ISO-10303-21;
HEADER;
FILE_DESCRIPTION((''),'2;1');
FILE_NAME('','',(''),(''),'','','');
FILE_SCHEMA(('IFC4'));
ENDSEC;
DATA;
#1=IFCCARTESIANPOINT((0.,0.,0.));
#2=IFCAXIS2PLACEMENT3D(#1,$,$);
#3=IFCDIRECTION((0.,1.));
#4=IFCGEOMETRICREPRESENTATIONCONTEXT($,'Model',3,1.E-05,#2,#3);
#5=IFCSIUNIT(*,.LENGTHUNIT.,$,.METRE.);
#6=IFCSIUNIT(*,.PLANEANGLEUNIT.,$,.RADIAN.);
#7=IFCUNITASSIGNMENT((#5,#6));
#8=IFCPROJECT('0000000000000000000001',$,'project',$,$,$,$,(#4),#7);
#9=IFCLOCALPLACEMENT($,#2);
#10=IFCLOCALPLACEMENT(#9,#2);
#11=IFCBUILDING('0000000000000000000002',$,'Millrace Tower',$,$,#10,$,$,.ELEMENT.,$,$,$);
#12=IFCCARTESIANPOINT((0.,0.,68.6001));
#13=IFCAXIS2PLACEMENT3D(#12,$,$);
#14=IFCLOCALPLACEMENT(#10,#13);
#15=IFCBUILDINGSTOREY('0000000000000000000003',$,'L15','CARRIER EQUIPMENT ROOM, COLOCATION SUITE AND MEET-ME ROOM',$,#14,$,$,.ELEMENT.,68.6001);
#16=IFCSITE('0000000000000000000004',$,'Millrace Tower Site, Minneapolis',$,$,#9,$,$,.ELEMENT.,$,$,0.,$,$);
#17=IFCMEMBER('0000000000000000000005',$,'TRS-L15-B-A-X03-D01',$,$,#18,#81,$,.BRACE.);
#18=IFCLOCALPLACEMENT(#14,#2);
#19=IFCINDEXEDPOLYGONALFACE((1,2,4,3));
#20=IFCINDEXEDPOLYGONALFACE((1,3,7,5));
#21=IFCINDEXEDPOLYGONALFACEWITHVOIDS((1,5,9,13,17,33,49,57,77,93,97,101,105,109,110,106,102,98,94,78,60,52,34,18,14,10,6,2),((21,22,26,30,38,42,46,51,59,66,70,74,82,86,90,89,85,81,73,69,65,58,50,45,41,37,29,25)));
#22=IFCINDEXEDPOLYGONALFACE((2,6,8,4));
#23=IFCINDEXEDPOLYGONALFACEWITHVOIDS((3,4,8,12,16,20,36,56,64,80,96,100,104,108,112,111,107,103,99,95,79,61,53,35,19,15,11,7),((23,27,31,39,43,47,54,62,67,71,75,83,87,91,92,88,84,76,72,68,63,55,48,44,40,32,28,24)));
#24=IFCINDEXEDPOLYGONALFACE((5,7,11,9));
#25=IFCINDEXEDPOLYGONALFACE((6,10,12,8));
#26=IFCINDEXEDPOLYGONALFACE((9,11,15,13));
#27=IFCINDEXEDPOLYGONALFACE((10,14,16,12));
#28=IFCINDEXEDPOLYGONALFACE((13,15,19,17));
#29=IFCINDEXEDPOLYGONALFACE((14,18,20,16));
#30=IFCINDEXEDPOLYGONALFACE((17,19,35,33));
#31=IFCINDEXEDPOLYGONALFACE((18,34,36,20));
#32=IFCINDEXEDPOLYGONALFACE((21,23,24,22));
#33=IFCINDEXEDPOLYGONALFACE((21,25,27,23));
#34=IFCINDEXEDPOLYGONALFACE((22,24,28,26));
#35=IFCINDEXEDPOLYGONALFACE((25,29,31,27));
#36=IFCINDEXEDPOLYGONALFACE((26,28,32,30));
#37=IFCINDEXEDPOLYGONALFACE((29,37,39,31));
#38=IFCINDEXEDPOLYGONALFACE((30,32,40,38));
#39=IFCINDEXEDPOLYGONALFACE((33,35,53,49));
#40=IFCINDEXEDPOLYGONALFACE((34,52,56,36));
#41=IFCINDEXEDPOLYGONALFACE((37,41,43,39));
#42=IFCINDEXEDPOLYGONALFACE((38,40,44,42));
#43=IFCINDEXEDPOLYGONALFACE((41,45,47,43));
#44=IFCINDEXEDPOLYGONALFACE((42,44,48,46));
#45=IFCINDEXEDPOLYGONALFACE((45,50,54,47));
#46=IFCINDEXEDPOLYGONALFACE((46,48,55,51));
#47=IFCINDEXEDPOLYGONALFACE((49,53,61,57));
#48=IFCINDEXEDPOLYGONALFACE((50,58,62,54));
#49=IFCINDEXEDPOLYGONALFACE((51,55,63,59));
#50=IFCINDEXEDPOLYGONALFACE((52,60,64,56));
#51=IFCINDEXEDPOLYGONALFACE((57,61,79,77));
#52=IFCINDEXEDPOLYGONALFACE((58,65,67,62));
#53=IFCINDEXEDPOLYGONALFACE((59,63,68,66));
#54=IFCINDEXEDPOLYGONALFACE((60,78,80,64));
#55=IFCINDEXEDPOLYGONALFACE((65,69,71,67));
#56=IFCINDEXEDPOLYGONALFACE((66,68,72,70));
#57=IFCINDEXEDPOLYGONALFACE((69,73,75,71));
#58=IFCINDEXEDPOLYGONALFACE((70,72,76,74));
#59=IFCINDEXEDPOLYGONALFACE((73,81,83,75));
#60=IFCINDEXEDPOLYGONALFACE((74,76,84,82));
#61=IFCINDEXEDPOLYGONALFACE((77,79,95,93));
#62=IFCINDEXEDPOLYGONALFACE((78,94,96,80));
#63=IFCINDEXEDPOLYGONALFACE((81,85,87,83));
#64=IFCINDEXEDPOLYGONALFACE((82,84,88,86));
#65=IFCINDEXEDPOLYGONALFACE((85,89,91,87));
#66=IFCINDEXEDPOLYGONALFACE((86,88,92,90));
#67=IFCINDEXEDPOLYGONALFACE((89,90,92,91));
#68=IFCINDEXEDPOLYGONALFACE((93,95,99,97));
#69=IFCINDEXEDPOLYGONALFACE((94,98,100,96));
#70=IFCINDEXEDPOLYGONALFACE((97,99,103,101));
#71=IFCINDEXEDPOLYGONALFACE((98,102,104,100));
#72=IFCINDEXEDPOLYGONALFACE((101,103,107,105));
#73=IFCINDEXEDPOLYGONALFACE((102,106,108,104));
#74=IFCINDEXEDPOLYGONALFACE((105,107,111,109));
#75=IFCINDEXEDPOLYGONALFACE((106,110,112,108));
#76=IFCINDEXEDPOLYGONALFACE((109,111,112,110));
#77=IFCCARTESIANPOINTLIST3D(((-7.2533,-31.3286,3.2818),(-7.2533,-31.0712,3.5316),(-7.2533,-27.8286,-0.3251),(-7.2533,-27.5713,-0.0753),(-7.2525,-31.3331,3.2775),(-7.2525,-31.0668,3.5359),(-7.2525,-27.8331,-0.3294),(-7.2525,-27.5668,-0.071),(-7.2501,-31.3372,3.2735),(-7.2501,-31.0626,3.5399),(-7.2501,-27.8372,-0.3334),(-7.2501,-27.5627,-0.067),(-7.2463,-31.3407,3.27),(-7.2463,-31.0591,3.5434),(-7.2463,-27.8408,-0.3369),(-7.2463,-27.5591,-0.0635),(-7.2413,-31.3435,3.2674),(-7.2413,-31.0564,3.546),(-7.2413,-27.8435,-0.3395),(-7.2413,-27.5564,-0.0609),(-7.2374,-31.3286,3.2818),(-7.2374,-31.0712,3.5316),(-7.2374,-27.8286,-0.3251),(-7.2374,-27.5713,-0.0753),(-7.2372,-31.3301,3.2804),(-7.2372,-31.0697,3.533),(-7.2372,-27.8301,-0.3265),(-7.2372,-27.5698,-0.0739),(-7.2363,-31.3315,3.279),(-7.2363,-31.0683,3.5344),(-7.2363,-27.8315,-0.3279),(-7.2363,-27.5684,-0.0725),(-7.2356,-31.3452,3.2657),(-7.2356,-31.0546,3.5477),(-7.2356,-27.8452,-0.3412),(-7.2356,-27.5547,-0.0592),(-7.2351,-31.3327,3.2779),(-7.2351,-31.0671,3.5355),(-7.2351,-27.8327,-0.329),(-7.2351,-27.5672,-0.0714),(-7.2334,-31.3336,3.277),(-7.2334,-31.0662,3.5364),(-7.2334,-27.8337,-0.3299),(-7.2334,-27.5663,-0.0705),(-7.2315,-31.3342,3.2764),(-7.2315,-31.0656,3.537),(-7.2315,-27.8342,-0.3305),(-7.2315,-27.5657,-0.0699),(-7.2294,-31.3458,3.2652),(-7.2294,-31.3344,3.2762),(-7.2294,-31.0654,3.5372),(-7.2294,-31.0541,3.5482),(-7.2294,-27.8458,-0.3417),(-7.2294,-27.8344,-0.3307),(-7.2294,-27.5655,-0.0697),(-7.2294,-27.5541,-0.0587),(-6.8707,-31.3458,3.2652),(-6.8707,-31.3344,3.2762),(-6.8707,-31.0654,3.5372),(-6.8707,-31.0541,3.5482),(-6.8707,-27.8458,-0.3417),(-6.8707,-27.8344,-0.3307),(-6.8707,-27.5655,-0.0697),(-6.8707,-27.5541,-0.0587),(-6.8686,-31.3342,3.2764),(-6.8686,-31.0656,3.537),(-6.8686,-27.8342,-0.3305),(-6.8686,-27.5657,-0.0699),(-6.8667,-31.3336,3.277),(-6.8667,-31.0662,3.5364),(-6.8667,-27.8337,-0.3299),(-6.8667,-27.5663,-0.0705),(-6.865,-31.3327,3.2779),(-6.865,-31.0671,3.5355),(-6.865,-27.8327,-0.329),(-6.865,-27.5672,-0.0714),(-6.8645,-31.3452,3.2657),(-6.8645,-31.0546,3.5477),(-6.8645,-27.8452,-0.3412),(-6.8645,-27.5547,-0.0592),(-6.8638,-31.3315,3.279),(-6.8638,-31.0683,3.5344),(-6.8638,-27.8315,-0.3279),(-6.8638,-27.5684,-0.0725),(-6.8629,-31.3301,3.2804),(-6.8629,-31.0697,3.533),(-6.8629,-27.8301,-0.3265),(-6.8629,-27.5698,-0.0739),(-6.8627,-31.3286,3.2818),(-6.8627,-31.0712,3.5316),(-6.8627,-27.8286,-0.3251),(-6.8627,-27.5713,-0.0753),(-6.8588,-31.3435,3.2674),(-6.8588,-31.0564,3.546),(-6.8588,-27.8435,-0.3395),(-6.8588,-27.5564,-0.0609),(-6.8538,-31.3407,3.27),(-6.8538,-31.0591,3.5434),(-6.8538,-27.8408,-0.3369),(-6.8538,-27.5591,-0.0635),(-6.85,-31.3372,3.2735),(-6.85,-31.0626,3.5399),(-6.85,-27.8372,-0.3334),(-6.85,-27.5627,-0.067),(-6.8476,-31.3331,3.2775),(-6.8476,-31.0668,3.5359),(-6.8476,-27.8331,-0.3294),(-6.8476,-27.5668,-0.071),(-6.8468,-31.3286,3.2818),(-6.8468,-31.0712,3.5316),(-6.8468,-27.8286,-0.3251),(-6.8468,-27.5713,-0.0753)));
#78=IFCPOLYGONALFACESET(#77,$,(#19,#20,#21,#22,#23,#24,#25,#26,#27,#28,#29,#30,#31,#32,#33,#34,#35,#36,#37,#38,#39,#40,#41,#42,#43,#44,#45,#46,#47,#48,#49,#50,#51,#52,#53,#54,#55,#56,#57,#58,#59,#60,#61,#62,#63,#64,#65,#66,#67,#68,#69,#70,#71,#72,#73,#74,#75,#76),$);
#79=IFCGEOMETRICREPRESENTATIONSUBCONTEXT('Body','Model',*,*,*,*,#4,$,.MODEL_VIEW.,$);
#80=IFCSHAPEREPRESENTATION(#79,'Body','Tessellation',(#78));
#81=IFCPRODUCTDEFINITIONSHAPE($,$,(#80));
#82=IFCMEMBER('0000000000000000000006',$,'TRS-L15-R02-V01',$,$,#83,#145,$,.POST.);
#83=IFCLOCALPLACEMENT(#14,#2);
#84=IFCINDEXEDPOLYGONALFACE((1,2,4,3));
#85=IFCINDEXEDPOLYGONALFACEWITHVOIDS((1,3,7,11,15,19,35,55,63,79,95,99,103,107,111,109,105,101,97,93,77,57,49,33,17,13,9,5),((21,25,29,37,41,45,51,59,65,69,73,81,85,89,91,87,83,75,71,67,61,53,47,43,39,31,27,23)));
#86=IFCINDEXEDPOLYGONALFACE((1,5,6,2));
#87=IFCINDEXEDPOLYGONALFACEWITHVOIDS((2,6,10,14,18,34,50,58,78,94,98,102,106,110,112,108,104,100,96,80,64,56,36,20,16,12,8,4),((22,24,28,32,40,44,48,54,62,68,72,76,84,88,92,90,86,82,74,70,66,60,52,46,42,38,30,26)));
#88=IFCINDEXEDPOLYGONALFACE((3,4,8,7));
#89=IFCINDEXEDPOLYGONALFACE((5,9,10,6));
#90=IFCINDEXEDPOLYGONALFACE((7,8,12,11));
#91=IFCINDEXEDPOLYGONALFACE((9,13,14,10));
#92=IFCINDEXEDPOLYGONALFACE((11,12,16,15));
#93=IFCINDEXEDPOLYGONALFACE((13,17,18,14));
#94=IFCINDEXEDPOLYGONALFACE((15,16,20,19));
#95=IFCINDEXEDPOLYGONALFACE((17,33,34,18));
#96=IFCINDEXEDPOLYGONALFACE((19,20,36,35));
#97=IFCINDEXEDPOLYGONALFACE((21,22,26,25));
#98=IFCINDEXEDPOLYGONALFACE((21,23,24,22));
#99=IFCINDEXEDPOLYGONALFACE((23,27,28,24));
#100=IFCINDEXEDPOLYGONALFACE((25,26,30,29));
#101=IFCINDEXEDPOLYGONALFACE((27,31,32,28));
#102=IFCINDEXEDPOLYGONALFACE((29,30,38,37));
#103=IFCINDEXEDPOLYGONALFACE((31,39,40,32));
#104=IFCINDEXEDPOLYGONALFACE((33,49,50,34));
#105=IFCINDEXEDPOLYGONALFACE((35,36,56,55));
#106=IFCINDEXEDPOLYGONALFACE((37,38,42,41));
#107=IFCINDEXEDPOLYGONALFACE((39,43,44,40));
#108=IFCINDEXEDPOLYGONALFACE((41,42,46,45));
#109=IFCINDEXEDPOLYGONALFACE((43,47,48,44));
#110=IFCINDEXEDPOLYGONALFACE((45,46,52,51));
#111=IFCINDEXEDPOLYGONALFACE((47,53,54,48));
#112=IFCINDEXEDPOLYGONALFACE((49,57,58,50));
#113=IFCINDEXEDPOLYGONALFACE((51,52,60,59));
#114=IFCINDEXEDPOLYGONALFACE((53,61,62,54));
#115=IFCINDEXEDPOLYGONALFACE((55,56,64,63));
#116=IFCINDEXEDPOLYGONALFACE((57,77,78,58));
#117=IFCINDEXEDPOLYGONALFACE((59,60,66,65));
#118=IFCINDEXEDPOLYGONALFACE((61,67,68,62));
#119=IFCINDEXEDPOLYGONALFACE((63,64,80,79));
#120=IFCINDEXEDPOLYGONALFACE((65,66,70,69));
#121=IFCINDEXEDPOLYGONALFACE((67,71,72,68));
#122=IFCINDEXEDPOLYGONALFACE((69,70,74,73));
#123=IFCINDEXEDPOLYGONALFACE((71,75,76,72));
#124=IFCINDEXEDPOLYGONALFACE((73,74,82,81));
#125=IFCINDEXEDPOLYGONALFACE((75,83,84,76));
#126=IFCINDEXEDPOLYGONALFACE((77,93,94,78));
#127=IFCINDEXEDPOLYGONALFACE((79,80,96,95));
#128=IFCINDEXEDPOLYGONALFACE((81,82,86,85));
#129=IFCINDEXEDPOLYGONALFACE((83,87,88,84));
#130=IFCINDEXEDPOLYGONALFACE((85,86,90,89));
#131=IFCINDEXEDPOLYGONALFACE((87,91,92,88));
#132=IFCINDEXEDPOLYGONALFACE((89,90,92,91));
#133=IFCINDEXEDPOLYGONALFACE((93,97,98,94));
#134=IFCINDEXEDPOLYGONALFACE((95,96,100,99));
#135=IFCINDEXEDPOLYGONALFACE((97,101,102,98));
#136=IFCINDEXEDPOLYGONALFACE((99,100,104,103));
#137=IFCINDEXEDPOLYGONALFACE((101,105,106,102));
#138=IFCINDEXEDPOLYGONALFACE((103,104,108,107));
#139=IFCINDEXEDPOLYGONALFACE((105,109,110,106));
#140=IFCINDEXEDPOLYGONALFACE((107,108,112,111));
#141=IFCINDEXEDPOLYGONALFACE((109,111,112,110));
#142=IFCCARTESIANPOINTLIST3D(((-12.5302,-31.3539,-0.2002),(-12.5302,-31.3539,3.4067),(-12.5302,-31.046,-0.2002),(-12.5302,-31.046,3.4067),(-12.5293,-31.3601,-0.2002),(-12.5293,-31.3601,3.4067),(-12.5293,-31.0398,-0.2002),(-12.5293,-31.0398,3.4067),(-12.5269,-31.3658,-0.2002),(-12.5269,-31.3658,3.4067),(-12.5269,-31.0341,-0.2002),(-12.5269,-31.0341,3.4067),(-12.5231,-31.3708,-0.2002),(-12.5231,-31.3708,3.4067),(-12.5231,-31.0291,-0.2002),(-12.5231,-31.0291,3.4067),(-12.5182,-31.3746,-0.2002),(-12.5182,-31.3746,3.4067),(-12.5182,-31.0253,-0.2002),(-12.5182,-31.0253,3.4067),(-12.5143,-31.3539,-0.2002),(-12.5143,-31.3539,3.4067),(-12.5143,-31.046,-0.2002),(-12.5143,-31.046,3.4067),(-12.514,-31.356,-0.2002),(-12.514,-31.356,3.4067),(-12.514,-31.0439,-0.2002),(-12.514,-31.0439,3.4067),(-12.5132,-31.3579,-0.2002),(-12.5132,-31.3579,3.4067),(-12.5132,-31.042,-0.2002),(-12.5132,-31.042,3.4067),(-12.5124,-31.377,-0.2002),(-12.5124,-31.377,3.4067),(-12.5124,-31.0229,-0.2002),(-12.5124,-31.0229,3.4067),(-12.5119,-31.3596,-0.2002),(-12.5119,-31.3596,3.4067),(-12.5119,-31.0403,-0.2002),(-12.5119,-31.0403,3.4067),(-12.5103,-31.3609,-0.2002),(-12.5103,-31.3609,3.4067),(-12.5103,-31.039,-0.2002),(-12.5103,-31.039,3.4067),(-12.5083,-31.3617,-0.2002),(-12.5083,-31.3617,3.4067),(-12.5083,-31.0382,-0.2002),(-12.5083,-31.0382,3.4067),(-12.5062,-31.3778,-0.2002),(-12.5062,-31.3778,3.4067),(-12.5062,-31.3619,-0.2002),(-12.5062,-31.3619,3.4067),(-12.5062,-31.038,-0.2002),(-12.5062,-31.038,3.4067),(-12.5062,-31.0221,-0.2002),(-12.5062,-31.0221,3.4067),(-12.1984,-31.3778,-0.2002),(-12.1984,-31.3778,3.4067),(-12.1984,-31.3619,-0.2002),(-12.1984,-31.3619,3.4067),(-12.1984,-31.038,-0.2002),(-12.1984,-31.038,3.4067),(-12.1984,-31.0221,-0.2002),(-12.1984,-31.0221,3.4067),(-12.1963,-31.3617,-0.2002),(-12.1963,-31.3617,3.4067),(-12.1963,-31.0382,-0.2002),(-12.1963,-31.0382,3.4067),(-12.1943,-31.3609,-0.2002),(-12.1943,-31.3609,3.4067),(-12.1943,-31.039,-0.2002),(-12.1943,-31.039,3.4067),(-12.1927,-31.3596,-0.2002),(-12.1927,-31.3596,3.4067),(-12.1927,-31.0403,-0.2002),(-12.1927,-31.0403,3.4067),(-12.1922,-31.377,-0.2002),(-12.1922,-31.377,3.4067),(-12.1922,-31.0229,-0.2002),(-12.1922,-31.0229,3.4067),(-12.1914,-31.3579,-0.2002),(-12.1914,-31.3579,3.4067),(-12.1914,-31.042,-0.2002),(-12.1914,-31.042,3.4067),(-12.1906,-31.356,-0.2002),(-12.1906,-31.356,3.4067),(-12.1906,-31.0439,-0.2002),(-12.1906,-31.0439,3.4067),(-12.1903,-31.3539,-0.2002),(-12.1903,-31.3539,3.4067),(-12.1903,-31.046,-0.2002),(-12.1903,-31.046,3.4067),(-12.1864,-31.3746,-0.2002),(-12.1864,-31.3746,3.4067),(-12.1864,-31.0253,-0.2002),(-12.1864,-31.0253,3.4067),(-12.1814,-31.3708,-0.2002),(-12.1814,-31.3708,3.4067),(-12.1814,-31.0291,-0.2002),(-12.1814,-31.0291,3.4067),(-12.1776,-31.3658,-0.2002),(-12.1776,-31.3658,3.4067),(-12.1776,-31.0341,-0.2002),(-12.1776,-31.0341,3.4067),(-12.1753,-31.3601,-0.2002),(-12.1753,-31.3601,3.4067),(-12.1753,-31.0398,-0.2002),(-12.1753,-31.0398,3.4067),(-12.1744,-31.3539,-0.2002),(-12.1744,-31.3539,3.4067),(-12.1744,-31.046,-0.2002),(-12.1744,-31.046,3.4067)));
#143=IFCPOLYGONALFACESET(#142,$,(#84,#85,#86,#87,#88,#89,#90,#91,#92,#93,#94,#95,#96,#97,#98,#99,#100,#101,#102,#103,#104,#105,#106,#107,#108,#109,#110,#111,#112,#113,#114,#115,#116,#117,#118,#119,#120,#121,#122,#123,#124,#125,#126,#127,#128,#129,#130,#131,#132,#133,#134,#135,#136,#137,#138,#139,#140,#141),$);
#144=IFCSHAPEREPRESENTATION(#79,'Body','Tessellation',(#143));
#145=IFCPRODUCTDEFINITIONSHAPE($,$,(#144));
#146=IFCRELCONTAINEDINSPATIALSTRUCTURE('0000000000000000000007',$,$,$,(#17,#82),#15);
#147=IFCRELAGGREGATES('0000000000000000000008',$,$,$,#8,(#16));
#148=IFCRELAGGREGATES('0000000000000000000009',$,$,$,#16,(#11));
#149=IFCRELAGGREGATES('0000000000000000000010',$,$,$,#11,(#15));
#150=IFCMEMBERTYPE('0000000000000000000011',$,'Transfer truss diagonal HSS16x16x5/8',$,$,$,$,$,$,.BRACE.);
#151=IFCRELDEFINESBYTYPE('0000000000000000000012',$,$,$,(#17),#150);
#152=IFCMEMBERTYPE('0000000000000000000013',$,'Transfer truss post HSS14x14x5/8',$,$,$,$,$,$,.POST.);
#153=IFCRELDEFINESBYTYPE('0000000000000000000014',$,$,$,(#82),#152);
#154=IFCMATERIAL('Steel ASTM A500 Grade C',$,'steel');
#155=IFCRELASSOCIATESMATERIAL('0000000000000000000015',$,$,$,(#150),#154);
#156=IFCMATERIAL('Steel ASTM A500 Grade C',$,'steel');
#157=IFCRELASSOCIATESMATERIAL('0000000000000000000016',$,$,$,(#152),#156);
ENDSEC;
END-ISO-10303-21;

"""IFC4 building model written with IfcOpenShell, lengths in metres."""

from ifc_helpers import new_model, si_unit, direction, frame, origin, origin_2d, place, context, subcontext, project, spatial, hollow_rectangle, extrude, material, material_profile, profile_set, type_object, element, save


model = new_model("IFC4")

# Units and contexts
model_context = context("Model", 3, precision=1e-05, world=origin(), true_north=direction((0.0, 1.0)))
body_context = subcontext(model_context, "Body", "Model", "MODEL_VIEW")
ifc_project = project(units=[si_unit("LENGTHUNIT", "METRE"), si_unit("PLANEANGLEUNIT", "RADIAN")], contexts=[model_context])

# Site, building, storey
site_placement = place(None, origin())
site = spatial("IfcSite", under=ifc_project, at=site_placement, Name="Millrace Tower Site, Minneapolis", CompositionType="ELEMENT", RefElevation=0.0)
building_placement = place(site_placement, origin())
building = spatial("IfcBuilding", under=site, at=building_placement, Name="Millrace Tower", CompositionType="ELEMENT")
storey_placement = place(building_placement, frame((0.0, 0.0, 68.6001)))
storey = spatial("IfcBuildingStorey", under=building, at=storey_placement, Name="L15", Description="CARRIER EQUIPMENT ROOM, COLOCATION SUITE AND MEET-ME ROOM", CompositionType="ELEMENT", Elevation=68.6001)

# Members
ifc_material_1 = material(Name="Steel ASTM A500 Grade C", Category="steel")
ifc_material_profile_1 = material_profile(ifc_material_1, hollow_rectangle(XDim=0.4065, YDim=0.4065, WallThickness=0.0159, InnerFilletRadius=0.0081, OuterFilletRadius=0.0239, at=origin_2d()))
ifc_profile_set_1 = profile_set([ifc_material_profile_1], Name="Steel ASTM A500 Grade C")
member_type_1 = type_object("IfcMemberType", Name="Transfer truss diagonal HSS16x16x5/8", PredefinedType="BRACE", material=ifc_profile_set_1)
member_1_placement = place(storey_placement, frame((-7.05, -27.7, -0.2002), z_axis=(0.0, -0.696389, 0.717665), x_axis=(1.0, 0.0, 0.0)))
element("IfcMember", 1, at=member_1_placement, inside=storey, type_object=member_type_1, Name="TRS-L15-B-A-X03-D01", PredefinedType="BRACE", context=body_context, shape_type="SweptSolid", body=[
    extrude(hollow_rectangle(XDim=0.4065, YDim=0.4065, WallThickness=0.0159, InnerFilletRadius=0.0081, OuterFilletRadius=0.0239, at=origin_2d()), origin(), (0.0, 0.0, 1.0), 5.0259),
])
ifc_material_2 = material(Name="Steel ASTM A500 Grade C", Category="steel")
ifc_material_profile_2 = material_profile(ifc_material_2, hollow_rectangle(XDim=0.3557, YDim=0.3557, WallThickness=0.0159, InnerFilletRadius=0.0081, OuterFilletRadius=0.0239, at=origin_2d()))
ifc_profile_set_2 = profile_set([ifc_material_profile_2], Name="Steel ASTM A500 Grade C")
member_type_2 = type_object("IfcMemberType", Name="Transfer truss post HSS14x14x5/8", PredefinedType="POST", material=ifc_profile_set_2)
for number, where, z_axis, x_axis, name in (
    (2, (-12.3523, -31.2, -0.2002), (0.0, 0.0, 1.0), (1.0, 0.0, 0.0), "TRS-L15-R02-V01"),
):
    element("IfcMember", number, at=place(storey_placement, frame(where, z_axis=z_axis, x_axis=x_axis)), inside=storey, type_object=member_type_2, Name=name, PredefinedType="POST", context=body_context, shape_type="SweptSolid", body=[
        extrude(hollow_rectangle(XDim=0.3557, YDim=0.3557, WallThickness=0.0159, InnerFilletRadius=0.0081, OuterFilletRadius=0.0239, at=origin_2d()), origin(), (0.0, 0.0, 1.0), 3.6069),
    ])

save(model, "model.ifc")
